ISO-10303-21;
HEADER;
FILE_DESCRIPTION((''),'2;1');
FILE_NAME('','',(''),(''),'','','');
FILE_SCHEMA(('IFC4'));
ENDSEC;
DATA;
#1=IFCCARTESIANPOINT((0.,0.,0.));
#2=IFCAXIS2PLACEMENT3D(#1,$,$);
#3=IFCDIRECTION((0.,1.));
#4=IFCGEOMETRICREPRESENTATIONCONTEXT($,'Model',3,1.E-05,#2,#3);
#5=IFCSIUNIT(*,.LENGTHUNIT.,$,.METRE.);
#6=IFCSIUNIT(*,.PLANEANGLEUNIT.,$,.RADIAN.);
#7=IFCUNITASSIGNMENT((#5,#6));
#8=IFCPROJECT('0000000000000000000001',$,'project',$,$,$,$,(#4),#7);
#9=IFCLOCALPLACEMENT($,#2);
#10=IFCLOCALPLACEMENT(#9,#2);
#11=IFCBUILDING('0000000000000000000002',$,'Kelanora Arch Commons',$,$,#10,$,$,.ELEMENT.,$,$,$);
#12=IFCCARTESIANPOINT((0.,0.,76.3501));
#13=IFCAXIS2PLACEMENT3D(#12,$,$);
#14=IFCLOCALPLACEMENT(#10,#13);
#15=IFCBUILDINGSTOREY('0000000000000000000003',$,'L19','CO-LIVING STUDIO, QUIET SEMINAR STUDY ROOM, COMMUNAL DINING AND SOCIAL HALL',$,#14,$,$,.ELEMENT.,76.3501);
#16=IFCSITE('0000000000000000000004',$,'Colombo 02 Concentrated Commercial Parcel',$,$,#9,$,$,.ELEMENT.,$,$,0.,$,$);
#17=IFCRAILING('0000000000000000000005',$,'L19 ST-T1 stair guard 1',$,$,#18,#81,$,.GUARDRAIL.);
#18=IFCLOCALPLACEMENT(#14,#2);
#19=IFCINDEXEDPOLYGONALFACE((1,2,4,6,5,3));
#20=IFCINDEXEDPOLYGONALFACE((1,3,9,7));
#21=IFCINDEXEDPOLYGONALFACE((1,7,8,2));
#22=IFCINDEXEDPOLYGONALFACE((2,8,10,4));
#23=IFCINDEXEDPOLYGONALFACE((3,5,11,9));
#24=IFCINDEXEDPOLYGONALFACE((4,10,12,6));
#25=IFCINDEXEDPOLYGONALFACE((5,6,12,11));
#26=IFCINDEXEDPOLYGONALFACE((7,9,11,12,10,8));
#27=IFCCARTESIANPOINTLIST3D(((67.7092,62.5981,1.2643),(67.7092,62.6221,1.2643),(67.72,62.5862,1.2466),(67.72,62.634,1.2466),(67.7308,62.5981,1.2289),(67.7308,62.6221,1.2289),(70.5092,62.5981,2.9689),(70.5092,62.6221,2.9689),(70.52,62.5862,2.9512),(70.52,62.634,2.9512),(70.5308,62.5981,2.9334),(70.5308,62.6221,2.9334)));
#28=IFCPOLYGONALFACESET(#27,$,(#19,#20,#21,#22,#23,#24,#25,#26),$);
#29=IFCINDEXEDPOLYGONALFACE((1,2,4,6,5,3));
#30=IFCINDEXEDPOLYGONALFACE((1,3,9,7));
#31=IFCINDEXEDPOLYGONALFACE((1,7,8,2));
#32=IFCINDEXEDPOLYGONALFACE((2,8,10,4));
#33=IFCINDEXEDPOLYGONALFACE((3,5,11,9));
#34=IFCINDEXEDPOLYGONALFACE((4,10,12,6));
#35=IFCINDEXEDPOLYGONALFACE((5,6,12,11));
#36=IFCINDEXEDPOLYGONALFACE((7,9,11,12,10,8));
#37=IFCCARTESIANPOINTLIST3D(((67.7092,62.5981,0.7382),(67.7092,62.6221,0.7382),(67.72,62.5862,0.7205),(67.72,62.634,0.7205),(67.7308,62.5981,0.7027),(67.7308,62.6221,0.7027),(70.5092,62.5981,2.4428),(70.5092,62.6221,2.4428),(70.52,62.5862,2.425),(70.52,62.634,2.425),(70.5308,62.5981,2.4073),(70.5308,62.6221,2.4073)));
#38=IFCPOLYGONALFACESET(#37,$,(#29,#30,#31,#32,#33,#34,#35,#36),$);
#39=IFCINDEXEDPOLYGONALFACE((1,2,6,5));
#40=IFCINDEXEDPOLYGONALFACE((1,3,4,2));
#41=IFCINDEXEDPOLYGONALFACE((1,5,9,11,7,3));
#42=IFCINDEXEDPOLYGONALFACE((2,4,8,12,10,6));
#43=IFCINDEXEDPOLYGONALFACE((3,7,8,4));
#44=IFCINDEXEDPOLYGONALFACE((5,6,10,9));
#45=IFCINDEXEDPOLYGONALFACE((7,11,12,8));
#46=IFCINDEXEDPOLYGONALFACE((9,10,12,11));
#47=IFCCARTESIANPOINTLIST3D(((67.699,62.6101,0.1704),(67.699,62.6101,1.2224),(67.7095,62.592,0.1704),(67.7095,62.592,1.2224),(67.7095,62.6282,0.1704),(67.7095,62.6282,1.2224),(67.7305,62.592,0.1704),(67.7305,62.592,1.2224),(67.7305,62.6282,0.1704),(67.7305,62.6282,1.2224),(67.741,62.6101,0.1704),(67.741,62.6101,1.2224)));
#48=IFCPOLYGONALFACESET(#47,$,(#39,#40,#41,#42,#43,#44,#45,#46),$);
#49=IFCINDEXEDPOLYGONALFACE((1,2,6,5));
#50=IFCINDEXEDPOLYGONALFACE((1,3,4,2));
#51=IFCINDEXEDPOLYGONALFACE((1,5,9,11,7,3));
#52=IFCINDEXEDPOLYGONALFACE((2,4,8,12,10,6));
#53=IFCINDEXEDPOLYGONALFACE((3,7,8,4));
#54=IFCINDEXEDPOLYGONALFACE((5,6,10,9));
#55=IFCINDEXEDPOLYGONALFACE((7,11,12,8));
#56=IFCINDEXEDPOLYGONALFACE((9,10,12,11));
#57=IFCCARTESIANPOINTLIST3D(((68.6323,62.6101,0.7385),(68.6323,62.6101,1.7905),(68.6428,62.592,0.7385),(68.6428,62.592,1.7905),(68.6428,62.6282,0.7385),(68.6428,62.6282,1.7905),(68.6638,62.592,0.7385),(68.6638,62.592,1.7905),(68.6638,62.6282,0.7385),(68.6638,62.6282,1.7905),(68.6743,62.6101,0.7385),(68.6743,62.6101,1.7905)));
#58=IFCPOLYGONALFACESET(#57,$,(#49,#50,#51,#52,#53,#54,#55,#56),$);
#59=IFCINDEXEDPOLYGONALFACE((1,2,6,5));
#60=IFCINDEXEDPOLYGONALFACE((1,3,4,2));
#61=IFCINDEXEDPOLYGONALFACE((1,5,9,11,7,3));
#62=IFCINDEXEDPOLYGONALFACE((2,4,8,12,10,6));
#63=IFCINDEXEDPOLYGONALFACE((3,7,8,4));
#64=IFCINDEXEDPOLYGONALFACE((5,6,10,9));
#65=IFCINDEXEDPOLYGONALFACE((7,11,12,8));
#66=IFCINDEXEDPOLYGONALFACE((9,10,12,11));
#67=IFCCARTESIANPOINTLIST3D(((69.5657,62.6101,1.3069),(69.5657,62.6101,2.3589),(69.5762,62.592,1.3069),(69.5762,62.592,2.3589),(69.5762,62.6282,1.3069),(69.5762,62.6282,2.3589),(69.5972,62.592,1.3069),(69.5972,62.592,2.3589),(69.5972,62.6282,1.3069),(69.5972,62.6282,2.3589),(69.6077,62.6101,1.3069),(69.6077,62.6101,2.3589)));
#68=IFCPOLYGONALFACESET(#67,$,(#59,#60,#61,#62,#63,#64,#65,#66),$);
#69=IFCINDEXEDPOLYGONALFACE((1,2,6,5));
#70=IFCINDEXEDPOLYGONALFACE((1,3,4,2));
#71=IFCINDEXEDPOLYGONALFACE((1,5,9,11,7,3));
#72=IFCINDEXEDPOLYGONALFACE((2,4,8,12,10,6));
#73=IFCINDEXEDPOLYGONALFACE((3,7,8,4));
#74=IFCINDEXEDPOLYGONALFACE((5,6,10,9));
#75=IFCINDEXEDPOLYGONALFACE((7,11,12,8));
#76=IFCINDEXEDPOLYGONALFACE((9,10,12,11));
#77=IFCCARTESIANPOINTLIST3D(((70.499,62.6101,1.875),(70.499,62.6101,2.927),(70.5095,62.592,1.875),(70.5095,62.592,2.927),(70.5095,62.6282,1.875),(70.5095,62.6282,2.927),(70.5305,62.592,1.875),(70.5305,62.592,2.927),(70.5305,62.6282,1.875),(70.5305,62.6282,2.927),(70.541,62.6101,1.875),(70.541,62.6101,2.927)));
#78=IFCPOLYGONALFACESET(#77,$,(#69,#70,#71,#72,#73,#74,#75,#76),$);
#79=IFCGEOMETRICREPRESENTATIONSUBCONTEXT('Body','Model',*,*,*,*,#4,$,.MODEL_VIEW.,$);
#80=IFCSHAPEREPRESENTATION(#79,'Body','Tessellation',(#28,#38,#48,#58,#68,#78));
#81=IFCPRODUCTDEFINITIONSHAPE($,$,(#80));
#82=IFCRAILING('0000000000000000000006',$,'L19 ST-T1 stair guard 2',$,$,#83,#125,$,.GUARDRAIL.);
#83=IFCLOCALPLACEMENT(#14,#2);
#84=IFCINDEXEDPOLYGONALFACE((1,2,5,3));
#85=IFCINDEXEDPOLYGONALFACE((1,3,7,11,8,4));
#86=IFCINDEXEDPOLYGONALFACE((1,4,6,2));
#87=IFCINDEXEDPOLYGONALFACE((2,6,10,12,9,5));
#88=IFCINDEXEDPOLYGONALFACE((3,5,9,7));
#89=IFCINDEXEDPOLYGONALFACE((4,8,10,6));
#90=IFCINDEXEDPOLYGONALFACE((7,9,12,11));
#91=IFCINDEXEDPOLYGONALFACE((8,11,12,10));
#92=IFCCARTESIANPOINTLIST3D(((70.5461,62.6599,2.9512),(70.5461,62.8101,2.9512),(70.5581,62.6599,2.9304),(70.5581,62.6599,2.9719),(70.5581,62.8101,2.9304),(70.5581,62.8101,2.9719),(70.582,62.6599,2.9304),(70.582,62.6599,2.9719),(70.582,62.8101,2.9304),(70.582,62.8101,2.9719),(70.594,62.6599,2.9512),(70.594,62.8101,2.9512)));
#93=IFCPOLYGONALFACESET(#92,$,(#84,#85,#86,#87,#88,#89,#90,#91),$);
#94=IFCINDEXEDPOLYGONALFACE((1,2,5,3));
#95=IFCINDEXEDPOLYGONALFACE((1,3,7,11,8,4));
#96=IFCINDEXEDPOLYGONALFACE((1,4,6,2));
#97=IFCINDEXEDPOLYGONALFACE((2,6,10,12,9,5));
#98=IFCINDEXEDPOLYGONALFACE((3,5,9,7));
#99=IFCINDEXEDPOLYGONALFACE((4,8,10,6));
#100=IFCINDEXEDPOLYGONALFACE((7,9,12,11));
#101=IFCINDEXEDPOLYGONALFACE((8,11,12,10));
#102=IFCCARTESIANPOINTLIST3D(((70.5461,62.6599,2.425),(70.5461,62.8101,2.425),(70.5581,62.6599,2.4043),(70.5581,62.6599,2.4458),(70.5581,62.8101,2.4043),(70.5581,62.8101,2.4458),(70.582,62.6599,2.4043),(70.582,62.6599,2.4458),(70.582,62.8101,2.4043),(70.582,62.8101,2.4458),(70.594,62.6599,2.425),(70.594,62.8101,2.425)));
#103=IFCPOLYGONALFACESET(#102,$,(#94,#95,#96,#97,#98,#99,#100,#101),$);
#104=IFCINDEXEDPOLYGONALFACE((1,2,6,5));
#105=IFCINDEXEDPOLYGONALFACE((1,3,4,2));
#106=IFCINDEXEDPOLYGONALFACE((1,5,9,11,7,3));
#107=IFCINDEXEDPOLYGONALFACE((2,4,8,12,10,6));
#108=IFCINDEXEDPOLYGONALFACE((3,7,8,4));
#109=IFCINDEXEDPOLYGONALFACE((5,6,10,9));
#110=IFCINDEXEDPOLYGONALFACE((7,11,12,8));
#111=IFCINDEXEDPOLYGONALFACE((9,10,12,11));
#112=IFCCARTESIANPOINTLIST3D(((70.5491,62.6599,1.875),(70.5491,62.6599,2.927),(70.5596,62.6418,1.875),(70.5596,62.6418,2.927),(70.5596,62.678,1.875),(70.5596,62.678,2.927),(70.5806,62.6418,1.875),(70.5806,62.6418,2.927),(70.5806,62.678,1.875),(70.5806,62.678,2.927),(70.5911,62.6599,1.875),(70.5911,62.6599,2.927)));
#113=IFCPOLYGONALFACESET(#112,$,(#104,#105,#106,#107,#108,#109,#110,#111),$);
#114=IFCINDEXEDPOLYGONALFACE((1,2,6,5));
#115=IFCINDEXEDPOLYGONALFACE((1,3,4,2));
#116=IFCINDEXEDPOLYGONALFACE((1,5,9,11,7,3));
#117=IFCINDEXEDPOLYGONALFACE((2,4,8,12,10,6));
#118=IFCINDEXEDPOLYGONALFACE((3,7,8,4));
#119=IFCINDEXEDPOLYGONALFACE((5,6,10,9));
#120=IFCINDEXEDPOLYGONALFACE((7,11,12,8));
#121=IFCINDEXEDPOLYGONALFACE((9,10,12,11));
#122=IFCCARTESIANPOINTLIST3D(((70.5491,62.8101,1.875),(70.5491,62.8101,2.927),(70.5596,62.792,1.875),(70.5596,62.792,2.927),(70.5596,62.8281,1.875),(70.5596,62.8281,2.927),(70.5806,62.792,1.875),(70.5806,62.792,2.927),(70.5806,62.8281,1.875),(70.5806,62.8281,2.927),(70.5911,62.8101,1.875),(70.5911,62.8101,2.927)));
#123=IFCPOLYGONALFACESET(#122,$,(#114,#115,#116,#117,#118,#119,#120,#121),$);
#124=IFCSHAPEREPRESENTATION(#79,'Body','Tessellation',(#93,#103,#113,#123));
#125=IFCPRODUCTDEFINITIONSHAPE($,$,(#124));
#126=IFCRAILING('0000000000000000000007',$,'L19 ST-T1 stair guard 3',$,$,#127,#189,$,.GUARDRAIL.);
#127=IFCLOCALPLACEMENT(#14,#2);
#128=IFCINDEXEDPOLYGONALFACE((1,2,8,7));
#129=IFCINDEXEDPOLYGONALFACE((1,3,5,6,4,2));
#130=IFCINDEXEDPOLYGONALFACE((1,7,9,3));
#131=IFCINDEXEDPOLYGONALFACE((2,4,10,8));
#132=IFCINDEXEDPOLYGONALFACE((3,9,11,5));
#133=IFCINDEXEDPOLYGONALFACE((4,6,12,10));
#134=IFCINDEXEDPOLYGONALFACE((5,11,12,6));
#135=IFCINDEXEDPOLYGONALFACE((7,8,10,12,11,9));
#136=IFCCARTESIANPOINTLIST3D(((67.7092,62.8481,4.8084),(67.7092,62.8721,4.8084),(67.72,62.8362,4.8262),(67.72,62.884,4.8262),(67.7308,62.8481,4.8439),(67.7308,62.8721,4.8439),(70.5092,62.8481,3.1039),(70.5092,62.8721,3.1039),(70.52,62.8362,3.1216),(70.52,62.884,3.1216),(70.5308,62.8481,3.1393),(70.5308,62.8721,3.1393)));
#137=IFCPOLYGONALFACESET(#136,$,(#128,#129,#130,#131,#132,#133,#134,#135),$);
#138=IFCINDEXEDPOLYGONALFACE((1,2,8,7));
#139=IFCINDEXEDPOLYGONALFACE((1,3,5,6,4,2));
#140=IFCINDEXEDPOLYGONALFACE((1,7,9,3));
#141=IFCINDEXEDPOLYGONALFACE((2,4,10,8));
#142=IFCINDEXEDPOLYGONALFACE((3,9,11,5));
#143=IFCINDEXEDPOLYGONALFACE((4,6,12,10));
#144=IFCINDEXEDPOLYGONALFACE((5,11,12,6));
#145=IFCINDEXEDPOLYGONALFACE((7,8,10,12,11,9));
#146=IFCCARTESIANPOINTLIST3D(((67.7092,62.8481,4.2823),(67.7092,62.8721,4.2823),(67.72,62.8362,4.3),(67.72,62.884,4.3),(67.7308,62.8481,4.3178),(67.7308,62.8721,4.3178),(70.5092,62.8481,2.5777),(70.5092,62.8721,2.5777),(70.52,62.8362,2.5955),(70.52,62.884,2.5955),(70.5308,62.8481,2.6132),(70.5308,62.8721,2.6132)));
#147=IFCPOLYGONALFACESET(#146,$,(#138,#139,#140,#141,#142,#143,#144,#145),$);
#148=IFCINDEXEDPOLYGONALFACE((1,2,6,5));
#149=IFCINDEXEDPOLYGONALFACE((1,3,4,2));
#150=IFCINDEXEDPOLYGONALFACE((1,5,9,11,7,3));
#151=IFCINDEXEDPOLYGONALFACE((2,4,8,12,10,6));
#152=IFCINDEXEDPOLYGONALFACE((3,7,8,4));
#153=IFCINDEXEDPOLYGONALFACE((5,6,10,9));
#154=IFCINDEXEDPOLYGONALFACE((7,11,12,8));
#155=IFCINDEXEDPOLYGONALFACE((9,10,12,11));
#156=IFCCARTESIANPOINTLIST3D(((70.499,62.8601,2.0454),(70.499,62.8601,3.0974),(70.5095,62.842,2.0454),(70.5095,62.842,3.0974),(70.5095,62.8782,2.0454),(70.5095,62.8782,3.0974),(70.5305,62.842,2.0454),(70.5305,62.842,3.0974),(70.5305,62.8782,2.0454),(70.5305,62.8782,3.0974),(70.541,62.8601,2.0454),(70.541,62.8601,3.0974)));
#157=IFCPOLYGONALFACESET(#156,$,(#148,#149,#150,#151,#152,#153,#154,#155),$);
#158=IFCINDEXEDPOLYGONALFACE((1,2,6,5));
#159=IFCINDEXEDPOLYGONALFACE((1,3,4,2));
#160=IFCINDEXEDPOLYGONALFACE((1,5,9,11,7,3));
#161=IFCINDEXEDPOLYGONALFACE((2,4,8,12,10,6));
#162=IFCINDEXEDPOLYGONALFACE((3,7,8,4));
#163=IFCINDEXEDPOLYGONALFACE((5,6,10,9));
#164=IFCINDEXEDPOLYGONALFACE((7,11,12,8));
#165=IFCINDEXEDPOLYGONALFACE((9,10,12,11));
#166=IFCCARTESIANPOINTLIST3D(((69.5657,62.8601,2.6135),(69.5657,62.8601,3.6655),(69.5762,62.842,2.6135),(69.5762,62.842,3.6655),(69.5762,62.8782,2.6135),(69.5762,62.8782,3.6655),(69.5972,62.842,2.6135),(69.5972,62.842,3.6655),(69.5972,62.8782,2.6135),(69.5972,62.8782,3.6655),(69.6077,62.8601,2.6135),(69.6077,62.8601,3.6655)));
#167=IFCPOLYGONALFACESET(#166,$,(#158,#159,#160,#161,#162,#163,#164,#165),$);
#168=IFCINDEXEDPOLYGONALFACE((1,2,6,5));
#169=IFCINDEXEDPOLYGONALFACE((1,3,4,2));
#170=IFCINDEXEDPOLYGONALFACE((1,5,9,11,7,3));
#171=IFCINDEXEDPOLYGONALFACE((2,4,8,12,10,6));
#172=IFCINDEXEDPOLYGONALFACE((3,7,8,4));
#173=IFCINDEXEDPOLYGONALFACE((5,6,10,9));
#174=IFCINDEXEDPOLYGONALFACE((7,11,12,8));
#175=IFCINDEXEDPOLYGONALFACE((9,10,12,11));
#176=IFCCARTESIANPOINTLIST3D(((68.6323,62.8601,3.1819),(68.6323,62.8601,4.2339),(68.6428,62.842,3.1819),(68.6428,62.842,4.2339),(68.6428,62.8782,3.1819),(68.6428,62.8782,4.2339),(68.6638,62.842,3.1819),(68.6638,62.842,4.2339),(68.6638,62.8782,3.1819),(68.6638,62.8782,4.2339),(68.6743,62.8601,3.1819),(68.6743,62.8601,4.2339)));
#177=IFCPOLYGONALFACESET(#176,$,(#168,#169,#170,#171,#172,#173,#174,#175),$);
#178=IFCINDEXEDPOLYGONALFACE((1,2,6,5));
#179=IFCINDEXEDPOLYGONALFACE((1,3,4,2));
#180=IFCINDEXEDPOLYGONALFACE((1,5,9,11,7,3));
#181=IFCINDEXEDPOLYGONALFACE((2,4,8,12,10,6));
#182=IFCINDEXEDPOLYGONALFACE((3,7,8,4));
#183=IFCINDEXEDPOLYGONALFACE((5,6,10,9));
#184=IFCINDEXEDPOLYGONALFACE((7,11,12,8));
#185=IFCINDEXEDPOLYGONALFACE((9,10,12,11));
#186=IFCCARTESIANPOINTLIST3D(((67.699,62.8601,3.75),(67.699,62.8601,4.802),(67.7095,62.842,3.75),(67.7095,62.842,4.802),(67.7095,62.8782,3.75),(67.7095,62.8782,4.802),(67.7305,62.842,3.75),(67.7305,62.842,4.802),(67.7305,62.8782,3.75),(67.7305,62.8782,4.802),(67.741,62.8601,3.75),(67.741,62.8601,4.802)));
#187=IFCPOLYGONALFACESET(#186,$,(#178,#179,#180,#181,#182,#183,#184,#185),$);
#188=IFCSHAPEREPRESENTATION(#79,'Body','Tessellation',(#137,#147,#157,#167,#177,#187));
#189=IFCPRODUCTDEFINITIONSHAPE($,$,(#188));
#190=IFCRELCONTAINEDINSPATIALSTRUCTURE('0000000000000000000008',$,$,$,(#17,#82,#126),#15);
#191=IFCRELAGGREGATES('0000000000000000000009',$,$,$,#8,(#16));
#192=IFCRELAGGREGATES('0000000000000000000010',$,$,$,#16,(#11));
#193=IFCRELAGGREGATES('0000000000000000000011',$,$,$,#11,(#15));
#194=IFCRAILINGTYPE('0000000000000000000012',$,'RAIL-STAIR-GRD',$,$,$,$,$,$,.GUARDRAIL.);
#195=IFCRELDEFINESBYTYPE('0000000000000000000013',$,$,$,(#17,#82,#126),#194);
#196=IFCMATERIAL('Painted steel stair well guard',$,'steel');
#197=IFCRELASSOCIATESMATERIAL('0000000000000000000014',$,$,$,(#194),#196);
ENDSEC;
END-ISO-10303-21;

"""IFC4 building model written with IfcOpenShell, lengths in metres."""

from ifc_helpers import new_model, si_unit, direction, frame, origin, place, context, subcontext, project, spatial, polyline, outline, extrude, material, type_object, element, save


model = new_model("IFC4")

# Units and contexts
model_context = context("Model", 3, precision=1e-05, world=origin(), true_north=direction((0.0, 1.0)))
body_context = subcontext(model_context, "Body", "Model", "MODEL_VIEW")
ifc_project = project(units=[si_unit("LENGTHUNIT", "METRE"), si_unit("PLANEANGLEUNIT", "RADIAN")], contexts=[model_context])

# Site, building, storey
site_placement = place(None, origin())
site = spatial("IfcSite", under=ifc_project, at=site_placement, Name="Colombo 02 Concentrated Commercial Parcel", CompositionType="ELEMENT", RefElevation=0.0)
building_placement = place(site_placement, origin())
building = spatial("IfcBuilding", under=site, at=building_placement, Name="Kelanora Arch Commons", CompositionType="ELEMENT")
storey_placement = place(building_placement, frame((0.0, 0.0, 76.3501)))
storey = spatial("IfcBuildingStorey", under=building, at=storey_placement, Name="L19", Description="CO-LIVING STUDIO, QUIET SEMINAR STUDY ROOM, COMMUNAL DINING AND SOCIAL HALL", CompositionType="ELEMENT", Elevation=76.3501)

# Railings
ifc_material_1 = material(Name="Painted steel stair well guard", Category="steel")
railing_type_1 = type_object("IfcRailingType", Name="RAIL-STAIR-GRD", PredefinedType="GUARDRAIL", material=ifc_material_1)
railing_1_placement = place(storey_placement, frame((67.72, 62.6101, 0.1704)))
element("IfcRailing", 1, at=railing_1_placement, inside=storey, type_object=railing_type_1, Name="L19 ST-T1 stair guard 1", PredefinedType="GUARDRAIL", context=body_context, shape_type="SweptSolid", body=[
    extrude(outline(polyline([(0.0239, 0.0), (0.012, 0.0208), (-0.012, 0.0208), (-0.0239, 0.0), (-0.012, -0.0208), (0.012, -0.0208), (0.0239, 0.0)])), frame((0.0, 0.0, 1.0762), z_axis=(0.85417, 0.0, 0.519994), x_axis=(0.0, 1.0, 0.0)), (0.0, 0.0, 1.0), 3.2781),
    extrude(outline(polyline([(0.0239, 0.0), (0.012, 0.0208), (-0.012, 0.0208), (-0.0239, 0.0), (-0.012, -0.0208), (0.012, -0.0208), (0.0239, 0.0)])), frame((0.0, 0.0, 0.55), z_axis=(0.85417, 0.0, 0.519994), x_axis=(0.0, 1.0, 0.0)), (0.0, 0.0, 1.0), 3.2781),
    extrude(outline(polyline([(0.021, 0.0), (0.0105, 0.0181), (-0.0105, 0.0181), (-0.021, 0.0), (-0.0105, -0.0181), (0.0105, -0.0181), (0.021, 0.0)])), origin(), (0.0, 0.0, 1.0), 1.052),
    extrude(outline(polyline([(0.021, 0.0), (0.0105, 0.0181), (-0.0105, 0.0181), (-0.021, 0.0), (-0.0105, -0.0181), (0.0105, -0.0181), (0.021, 0.0)])), frame((0.9333, 0.0, 0.5681)), (0.0, 0.0, 1.0), 1.052),
    extrude(outline(polyline([(0.021, 0.0), (0.0105, 0.0181), (-0.0105, 0.0181), (-0.021, 0.0), (-0.0105, -0.0181), (0.0105, -0.0181), (0.021, 0.0)])), frame((1.8667, 0.0, 1.1365)), (0.0, 0.0, 1.0), 1.052),
    extrude(outline(polyline([(0.021, 0.0), (0.0105, 0.0181), (-0.0105, 0.0181), (-0.021, 0.0), (-0.0105, -0.0181), (0.0105, -0.0181), (0.021, 0.0)])), frame((2.8, 0.0, 1.7046)), (0.0, 0.0, 1.0), 1.052),
])
railing_2_placement = place(storey_placement, frame((70.5701, 62.6599, 1.875)))
element("IfcRailing", 2, at=railing_2_placement, inside=storey, type_object=railing_type_1, Name="L19 ST-T1 stair guard 2", PredefinedType="GUARDRAIL", context=body_context, shape_type="SweptSolid", body=[
    extrude(outline(polyline([(0.0239, 0.0), (0.012, 0.0208), (-0.012, 0.0208), (-0.0239, 0.0), (-0.012, -0.0208), (0.012, -0.0208), (0.0239, 0.0)])), frame((0.0, 0.0, 1.0762), z_axis=(0.0, 1.0, 0.0), x_axis=(-1.0, 0.0, 0.0)), (0.0, 0.0, 1.0), 0.1501),
    extrude(outline(polyline([(0.0239, 0.0), (0.012, 0.0208), (-0.012, 0.0208), (-0.0239, 0.0), (-0.012, -0.0208), (0.012, -0.0208), (0.0239, 0.0)])), frame((0.0, 0.0, 0.55), z_axis=(0.0, 1.0, 0.0), x_axis=(-1.0, 0.0, 0.0)), (0.0, 0.0, 1.0), 0.1501),
    extrude(outline(polyline([(0.021, 0.0), (0.0105, 0.0181), (-0.0105, 0.0181), (-0.021, 0.0), (-0.0105, -0.0181), (0.0105, -0.0181), (0.021, 0.0)])), origin(), (0.0, 0.0, 1.0), 1.052),
    extrude(outline(polyline([(0.021, 0.0), (0.0105, 0.0181), (-0.0105, 0.0181), (-0.021, 0.0), (-0.0105, -0.0181), (0.0105, -0.0181), (0.021, 0.0)])), frame((0.0, 0.1501, 0.0)), (0.0, 0.0, 1.0), 1.052),
])
railing_3_placement = place(storey_placement, frame((70.52, 62.8601, 2.0454)))
element("IfcRailing", 3, at=railing_3_placement, inside=storey, type_object=railing_type_1, Name="L19 ST-T1 stair guard 3", PredefinedType="GUARDRAIL", context=body_context, shape_type="SweptSolid", body=[
    extrude(outline(polyline([(0.0239, 0.0), (0.012, 0.0208), (-0.012, 0.0208), (-0.0239, 0.0), (-0.012, -0.0208), (0.012, -0.0208), (0.0239, 0.0)])), frame((0.0, 0.0, 1.0762), z_axis=(-0.85417, 0.0, 0.519994), x_axis=(0.0, -1.0, 0.0)), (0.0, 0.0, 1.0), 3.2781),
    extrude(outline(polyline([(0.0239, 0.0), (0.012, 0.0208), (-0.012, 0.0208), (-0.0239, 0.0), (-0.012, -0.0208), (0.012, -0.0208), (0.0239, 0.0)])), frame((0.0, 0.0, 0.55), z_axis=(-0.85417, 0.0, 0.519994), x_axis=(0.0, -1.0, 0.0)), (0.0, 0.0, 1.0), 3.2781),
    extrude(outline(polyline([(0.021, 0.0), (0.0105, 0.0181), (-0.0105, 0.0181), (-0.021, 0.0), (-0.0105, -0.0181), (0.0105, -0.0181), (0.021, 0.0)])), origin(), (0.0, 0.0, 1.0), 1.052),
    extrude(outline(polyline([(0.021, 0.0), (0.0105, 0.0181), (-0.0105, 0.0181), (-0.021, 0.0), (-0.0105, -0.0181), (0.0105, -0.0181), (0.021, 0.0)])), frame((-0.9333, 0.0, 0.5681)), (0.0, 0.0, 1.0), 1.052),
    extrude(outline(polyline([(0.021, 0.0), (0.0105, 0.0181), (-0.0105, 0.0181), (-0.021, 0.0), (-0.0105, -0.0181), (0.0105, -0.0181), (0.021, 0.0)])), frame((-1.8667, 0.0, 1.1365)), (0.0, 0.0, 1.0), 1.052),
    extrude(outline(polyline([(0.021, 0.0), (0.0105, 0.0181), (-0.0105, 0.0181), (-0.021, 0.0), (-0.0105, -0.0181), (0.0105, -0.0181), (0.021, 0.0)])), frame((-2.8, 0.0, 1.7046)), (0.0, 0.0, 1.0), 1.052),
])

save(model, "model.ifc")
